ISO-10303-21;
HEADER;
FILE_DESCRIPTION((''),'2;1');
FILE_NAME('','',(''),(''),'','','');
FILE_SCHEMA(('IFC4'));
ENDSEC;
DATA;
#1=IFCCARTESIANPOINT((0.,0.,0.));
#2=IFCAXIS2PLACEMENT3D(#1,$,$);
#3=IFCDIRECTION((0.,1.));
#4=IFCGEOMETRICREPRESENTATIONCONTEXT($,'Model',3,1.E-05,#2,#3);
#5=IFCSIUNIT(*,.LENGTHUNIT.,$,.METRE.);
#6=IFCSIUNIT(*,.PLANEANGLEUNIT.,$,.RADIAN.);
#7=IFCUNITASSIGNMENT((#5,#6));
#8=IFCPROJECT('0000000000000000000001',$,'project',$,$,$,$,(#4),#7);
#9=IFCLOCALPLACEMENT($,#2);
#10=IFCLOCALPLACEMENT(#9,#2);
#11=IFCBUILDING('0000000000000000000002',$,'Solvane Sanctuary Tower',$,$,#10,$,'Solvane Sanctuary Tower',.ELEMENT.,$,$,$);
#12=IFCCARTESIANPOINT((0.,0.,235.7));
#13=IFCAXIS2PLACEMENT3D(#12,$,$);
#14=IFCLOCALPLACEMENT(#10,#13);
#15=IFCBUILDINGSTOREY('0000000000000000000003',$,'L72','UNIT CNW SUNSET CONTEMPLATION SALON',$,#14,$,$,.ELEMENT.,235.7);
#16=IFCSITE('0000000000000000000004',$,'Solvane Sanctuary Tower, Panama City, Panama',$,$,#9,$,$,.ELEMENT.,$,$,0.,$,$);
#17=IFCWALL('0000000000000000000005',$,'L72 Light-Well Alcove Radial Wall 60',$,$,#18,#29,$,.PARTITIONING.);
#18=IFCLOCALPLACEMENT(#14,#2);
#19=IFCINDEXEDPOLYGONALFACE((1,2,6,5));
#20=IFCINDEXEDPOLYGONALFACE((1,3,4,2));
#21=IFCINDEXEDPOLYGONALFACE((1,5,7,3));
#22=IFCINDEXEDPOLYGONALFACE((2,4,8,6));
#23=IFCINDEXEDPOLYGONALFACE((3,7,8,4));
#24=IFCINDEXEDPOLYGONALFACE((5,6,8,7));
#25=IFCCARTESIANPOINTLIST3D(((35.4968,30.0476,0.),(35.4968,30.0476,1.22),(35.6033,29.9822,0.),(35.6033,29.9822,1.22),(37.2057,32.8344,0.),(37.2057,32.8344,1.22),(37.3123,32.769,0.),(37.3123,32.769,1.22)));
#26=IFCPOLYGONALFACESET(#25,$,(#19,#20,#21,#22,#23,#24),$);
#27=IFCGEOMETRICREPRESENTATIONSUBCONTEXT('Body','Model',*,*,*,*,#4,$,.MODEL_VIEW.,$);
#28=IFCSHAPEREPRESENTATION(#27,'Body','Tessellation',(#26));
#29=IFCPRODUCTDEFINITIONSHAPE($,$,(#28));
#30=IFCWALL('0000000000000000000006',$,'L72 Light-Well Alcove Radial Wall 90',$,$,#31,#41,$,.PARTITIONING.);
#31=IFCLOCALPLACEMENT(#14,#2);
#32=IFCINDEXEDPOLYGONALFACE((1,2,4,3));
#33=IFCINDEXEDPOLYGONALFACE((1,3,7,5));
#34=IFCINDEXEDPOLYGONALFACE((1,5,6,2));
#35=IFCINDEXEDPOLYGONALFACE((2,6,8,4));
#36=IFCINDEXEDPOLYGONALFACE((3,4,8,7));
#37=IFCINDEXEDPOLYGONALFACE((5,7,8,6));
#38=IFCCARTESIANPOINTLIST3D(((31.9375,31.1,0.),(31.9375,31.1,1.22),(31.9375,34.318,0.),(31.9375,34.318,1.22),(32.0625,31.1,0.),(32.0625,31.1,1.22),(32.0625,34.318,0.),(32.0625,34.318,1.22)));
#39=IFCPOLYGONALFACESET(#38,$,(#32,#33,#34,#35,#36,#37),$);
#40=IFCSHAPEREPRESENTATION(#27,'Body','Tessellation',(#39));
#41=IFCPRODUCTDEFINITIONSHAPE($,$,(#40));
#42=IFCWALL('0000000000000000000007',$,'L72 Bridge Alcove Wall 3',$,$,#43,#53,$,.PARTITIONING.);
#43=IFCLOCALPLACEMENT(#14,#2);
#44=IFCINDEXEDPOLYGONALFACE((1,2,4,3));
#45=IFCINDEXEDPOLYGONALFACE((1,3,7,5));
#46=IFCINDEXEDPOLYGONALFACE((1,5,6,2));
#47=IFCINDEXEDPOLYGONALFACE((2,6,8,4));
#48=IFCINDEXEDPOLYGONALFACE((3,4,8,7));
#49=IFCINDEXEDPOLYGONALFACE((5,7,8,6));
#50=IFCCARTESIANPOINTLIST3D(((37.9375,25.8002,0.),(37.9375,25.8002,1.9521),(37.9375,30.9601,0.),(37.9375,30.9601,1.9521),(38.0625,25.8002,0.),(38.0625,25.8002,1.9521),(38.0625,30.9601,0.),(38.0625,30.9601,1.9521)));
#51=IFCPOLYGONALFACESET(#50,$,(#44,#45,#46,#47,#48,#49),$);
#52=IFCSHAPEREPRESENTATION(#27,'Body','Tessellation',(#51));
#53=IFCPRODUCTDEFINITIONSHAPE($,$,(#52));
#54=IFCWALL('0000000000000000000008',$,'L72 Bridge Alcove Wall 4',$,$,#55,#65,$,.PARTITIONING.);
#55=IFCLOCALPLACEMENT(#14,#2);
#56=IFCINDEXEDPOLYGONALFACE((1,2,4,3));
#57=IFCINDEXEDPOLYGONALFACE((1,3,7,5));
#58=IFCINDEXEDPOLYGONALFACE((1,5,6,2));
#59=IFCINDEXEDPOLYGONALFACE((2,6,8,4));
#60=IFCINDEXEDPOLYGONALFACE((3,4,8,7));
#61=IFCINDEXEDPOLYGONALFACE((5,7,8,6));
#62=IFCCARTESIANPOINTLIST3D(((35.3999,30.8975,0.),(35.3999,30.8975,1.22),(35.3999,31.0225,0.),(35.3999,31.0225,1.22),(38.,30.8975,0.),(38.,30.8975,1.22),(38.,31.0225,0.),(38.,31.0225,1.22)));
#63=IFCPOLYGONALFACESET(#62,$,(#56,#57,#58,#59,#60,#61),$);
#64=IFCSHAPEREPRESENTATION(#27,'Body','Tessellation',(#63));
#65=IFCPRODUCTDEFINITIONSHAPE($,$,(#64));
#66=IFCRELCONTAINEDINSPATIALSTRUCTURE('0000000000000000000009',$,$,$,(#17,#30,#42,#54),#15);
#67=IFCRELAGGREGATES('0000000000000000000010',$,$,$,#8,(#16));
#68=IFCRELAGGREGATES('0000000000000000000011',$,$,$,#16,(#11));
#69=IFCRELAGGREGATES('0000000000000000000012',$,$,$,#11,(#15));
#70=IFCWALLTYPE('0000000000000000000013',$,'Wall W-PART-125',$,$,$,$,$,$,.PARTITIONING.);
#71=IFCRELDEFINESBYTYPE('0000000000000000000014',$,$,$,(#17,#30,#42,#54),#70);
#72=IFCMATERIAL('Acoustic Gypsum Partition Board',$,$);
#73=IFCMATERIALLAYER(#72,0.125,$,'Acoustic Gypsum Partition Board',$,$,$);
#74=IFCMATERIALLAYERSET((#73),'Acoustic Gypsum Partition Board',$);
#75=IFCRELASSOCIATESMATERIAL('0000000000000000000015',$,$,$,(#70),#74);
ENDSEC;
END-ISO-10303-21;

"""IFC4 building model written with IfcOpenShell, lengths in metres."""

from ifc_helpers import new_model, si_unit, direction, frame, frame_2d, origin, place, context, subcontext, project, spatial, rectangle, extrude, material, layer, layer_set, type_object, element, save


model = new_model("IFC4")

# Units and contexts
model_context = context("Model", 3, precision=1e-05, world=origin(), true_north=direction((0.0, 1.0)))
body_context = subcontext(model_context, "Body", "Model", "MODEL_VIEW")
ifc_project = project(units=[si_unit("LENGTHUNIT", "METRE"), si_unit("PLANEANGLEUNIT", "RADIAN")], contexts=[model_context])

# Site, building, storey
site_placement = place(None, origin())
site = spatial("IfcSite", under=ifc_project, at=site_placement, Name="Solvane Sanctuary Tower, Panama City, Panama", CompositionType="ELEMENT", RefElevation=0.0)
building_placement = place(site_placement, origin())
building = spatial("IfcBuilding", under=site, at=building_placement, Name="Solvane Sanctuary Tower", LongName="Solvane Sanctuary Tower", CompositionType="ELEMENT")
storey_placement = place(building_placement, frame((0.0, 0.0, 235.7)))
storey = spatial("IfcBuildingStorey", under=building, at=storey_placement, Name="L72", Description="UNIT CNW SUNSET CONTEMPLATION SALON", CompositionType="ELEMENT", Elevation=235.7)

# Walls
ifc_material_1 = material(Name="Acoustic Gypsum Partition Board")
ifc_layer_1 = layer(ifc_material_1, 0.125, Name="Acoustic Gypsum Partition Board")
ifc_layer_set_1 = layer_set([ifc_layer_1], Name="Acoustic Gypsum Partition Board")
wall_type_1 = type_object("IfcWallType", Name="Wall W-PART-125", PredefinedType="PARTITIONING", material=ifc_layer_set_1)
wall_1_placement = place(storey_placement, frame((35.55, 30.0149, 0.0), z_axis=(0.0, 0.0, 1.0), x_axis=(0.522763, 0.852478, 0.0)))
element("IfcWall", 1, at=wall_1_placement, inside=storey, type_object=wall_type_1, Name="L72 Light-Well Alcove Radial Wall 60", PredefinedType="PARTITIONING", context=body_context, shape_type="SweptSolid", body=[
    extrude(rectangle(XDim=3.269, YDim=0.125, at=frame_2d((1.6345, 0.0))), origin(), (0.0, 0.0, 1.0), 1.22),
])
wall_2_placement = place(storey_placement, frame((32.0, 31.1001, 0.0), z_axis=(0.0, 0.0, 1.0), x_axis=(0.0, 1.0, 0.0)))
element("IfcWall", 2, at=wall_2_placement, inside=storey, type_object=wall_type_1, Name="L72 Light-Well Alcove Radial Wall 90", PredefinedType="PARTITIONING", context=body_context, shape_type="SweptSolid", body=[
    extrude(rectangle(XDim=3.218, YDim=0.125, at=frame_2d((1.6089, 0.0))), origin(), (0.0, 0.0, 1.0), 1.22),
])
wall_3_placement = place(storey_placement, frame((38.0, 25.8, 0.0), z_axis=(0.0, 0.0, 1.0), x_axis=(0.0, 1.0, 0.0)))
element("IfcWall", 3, at=wall_3_placement, inside=storey, type_object=wall_type_1, Name="L72 Bridge Alcove Wall 3", PredefinedType="PARTITIONING", context=body_context, shape_type="SweptSolid", body=[
    extrude(rectangle(XDim=5.1599, YDim=0.125, at=frame_2d((2.5801, 0.0))), origin(), (0.0, 0.0, 1.0), 1.9521),
])
wall_4_placement = place(storey_placement, frame((35.3999, 30.96, 0.0), z_axis=(0.0, 0.0, 1.0), x_axis=(1.0, 0.0, 0.0)))
element("IfcWall", 4, at=wall_4_placement, inside=storey, type_object=wall_type_1, Name="L72 Bridge Alcove Wall 4", PredefinedType="PARTITIONING", context=body_context, shape_type="SweptSolid", body=[
    extrude(rectangle(XDim=2.6001, YDim=0.125, at=frame_2d((1.3, 0.0))), origin(), (0.0, 0.0, 1.0), 1.22),
])

save(model, "model.ifc")
